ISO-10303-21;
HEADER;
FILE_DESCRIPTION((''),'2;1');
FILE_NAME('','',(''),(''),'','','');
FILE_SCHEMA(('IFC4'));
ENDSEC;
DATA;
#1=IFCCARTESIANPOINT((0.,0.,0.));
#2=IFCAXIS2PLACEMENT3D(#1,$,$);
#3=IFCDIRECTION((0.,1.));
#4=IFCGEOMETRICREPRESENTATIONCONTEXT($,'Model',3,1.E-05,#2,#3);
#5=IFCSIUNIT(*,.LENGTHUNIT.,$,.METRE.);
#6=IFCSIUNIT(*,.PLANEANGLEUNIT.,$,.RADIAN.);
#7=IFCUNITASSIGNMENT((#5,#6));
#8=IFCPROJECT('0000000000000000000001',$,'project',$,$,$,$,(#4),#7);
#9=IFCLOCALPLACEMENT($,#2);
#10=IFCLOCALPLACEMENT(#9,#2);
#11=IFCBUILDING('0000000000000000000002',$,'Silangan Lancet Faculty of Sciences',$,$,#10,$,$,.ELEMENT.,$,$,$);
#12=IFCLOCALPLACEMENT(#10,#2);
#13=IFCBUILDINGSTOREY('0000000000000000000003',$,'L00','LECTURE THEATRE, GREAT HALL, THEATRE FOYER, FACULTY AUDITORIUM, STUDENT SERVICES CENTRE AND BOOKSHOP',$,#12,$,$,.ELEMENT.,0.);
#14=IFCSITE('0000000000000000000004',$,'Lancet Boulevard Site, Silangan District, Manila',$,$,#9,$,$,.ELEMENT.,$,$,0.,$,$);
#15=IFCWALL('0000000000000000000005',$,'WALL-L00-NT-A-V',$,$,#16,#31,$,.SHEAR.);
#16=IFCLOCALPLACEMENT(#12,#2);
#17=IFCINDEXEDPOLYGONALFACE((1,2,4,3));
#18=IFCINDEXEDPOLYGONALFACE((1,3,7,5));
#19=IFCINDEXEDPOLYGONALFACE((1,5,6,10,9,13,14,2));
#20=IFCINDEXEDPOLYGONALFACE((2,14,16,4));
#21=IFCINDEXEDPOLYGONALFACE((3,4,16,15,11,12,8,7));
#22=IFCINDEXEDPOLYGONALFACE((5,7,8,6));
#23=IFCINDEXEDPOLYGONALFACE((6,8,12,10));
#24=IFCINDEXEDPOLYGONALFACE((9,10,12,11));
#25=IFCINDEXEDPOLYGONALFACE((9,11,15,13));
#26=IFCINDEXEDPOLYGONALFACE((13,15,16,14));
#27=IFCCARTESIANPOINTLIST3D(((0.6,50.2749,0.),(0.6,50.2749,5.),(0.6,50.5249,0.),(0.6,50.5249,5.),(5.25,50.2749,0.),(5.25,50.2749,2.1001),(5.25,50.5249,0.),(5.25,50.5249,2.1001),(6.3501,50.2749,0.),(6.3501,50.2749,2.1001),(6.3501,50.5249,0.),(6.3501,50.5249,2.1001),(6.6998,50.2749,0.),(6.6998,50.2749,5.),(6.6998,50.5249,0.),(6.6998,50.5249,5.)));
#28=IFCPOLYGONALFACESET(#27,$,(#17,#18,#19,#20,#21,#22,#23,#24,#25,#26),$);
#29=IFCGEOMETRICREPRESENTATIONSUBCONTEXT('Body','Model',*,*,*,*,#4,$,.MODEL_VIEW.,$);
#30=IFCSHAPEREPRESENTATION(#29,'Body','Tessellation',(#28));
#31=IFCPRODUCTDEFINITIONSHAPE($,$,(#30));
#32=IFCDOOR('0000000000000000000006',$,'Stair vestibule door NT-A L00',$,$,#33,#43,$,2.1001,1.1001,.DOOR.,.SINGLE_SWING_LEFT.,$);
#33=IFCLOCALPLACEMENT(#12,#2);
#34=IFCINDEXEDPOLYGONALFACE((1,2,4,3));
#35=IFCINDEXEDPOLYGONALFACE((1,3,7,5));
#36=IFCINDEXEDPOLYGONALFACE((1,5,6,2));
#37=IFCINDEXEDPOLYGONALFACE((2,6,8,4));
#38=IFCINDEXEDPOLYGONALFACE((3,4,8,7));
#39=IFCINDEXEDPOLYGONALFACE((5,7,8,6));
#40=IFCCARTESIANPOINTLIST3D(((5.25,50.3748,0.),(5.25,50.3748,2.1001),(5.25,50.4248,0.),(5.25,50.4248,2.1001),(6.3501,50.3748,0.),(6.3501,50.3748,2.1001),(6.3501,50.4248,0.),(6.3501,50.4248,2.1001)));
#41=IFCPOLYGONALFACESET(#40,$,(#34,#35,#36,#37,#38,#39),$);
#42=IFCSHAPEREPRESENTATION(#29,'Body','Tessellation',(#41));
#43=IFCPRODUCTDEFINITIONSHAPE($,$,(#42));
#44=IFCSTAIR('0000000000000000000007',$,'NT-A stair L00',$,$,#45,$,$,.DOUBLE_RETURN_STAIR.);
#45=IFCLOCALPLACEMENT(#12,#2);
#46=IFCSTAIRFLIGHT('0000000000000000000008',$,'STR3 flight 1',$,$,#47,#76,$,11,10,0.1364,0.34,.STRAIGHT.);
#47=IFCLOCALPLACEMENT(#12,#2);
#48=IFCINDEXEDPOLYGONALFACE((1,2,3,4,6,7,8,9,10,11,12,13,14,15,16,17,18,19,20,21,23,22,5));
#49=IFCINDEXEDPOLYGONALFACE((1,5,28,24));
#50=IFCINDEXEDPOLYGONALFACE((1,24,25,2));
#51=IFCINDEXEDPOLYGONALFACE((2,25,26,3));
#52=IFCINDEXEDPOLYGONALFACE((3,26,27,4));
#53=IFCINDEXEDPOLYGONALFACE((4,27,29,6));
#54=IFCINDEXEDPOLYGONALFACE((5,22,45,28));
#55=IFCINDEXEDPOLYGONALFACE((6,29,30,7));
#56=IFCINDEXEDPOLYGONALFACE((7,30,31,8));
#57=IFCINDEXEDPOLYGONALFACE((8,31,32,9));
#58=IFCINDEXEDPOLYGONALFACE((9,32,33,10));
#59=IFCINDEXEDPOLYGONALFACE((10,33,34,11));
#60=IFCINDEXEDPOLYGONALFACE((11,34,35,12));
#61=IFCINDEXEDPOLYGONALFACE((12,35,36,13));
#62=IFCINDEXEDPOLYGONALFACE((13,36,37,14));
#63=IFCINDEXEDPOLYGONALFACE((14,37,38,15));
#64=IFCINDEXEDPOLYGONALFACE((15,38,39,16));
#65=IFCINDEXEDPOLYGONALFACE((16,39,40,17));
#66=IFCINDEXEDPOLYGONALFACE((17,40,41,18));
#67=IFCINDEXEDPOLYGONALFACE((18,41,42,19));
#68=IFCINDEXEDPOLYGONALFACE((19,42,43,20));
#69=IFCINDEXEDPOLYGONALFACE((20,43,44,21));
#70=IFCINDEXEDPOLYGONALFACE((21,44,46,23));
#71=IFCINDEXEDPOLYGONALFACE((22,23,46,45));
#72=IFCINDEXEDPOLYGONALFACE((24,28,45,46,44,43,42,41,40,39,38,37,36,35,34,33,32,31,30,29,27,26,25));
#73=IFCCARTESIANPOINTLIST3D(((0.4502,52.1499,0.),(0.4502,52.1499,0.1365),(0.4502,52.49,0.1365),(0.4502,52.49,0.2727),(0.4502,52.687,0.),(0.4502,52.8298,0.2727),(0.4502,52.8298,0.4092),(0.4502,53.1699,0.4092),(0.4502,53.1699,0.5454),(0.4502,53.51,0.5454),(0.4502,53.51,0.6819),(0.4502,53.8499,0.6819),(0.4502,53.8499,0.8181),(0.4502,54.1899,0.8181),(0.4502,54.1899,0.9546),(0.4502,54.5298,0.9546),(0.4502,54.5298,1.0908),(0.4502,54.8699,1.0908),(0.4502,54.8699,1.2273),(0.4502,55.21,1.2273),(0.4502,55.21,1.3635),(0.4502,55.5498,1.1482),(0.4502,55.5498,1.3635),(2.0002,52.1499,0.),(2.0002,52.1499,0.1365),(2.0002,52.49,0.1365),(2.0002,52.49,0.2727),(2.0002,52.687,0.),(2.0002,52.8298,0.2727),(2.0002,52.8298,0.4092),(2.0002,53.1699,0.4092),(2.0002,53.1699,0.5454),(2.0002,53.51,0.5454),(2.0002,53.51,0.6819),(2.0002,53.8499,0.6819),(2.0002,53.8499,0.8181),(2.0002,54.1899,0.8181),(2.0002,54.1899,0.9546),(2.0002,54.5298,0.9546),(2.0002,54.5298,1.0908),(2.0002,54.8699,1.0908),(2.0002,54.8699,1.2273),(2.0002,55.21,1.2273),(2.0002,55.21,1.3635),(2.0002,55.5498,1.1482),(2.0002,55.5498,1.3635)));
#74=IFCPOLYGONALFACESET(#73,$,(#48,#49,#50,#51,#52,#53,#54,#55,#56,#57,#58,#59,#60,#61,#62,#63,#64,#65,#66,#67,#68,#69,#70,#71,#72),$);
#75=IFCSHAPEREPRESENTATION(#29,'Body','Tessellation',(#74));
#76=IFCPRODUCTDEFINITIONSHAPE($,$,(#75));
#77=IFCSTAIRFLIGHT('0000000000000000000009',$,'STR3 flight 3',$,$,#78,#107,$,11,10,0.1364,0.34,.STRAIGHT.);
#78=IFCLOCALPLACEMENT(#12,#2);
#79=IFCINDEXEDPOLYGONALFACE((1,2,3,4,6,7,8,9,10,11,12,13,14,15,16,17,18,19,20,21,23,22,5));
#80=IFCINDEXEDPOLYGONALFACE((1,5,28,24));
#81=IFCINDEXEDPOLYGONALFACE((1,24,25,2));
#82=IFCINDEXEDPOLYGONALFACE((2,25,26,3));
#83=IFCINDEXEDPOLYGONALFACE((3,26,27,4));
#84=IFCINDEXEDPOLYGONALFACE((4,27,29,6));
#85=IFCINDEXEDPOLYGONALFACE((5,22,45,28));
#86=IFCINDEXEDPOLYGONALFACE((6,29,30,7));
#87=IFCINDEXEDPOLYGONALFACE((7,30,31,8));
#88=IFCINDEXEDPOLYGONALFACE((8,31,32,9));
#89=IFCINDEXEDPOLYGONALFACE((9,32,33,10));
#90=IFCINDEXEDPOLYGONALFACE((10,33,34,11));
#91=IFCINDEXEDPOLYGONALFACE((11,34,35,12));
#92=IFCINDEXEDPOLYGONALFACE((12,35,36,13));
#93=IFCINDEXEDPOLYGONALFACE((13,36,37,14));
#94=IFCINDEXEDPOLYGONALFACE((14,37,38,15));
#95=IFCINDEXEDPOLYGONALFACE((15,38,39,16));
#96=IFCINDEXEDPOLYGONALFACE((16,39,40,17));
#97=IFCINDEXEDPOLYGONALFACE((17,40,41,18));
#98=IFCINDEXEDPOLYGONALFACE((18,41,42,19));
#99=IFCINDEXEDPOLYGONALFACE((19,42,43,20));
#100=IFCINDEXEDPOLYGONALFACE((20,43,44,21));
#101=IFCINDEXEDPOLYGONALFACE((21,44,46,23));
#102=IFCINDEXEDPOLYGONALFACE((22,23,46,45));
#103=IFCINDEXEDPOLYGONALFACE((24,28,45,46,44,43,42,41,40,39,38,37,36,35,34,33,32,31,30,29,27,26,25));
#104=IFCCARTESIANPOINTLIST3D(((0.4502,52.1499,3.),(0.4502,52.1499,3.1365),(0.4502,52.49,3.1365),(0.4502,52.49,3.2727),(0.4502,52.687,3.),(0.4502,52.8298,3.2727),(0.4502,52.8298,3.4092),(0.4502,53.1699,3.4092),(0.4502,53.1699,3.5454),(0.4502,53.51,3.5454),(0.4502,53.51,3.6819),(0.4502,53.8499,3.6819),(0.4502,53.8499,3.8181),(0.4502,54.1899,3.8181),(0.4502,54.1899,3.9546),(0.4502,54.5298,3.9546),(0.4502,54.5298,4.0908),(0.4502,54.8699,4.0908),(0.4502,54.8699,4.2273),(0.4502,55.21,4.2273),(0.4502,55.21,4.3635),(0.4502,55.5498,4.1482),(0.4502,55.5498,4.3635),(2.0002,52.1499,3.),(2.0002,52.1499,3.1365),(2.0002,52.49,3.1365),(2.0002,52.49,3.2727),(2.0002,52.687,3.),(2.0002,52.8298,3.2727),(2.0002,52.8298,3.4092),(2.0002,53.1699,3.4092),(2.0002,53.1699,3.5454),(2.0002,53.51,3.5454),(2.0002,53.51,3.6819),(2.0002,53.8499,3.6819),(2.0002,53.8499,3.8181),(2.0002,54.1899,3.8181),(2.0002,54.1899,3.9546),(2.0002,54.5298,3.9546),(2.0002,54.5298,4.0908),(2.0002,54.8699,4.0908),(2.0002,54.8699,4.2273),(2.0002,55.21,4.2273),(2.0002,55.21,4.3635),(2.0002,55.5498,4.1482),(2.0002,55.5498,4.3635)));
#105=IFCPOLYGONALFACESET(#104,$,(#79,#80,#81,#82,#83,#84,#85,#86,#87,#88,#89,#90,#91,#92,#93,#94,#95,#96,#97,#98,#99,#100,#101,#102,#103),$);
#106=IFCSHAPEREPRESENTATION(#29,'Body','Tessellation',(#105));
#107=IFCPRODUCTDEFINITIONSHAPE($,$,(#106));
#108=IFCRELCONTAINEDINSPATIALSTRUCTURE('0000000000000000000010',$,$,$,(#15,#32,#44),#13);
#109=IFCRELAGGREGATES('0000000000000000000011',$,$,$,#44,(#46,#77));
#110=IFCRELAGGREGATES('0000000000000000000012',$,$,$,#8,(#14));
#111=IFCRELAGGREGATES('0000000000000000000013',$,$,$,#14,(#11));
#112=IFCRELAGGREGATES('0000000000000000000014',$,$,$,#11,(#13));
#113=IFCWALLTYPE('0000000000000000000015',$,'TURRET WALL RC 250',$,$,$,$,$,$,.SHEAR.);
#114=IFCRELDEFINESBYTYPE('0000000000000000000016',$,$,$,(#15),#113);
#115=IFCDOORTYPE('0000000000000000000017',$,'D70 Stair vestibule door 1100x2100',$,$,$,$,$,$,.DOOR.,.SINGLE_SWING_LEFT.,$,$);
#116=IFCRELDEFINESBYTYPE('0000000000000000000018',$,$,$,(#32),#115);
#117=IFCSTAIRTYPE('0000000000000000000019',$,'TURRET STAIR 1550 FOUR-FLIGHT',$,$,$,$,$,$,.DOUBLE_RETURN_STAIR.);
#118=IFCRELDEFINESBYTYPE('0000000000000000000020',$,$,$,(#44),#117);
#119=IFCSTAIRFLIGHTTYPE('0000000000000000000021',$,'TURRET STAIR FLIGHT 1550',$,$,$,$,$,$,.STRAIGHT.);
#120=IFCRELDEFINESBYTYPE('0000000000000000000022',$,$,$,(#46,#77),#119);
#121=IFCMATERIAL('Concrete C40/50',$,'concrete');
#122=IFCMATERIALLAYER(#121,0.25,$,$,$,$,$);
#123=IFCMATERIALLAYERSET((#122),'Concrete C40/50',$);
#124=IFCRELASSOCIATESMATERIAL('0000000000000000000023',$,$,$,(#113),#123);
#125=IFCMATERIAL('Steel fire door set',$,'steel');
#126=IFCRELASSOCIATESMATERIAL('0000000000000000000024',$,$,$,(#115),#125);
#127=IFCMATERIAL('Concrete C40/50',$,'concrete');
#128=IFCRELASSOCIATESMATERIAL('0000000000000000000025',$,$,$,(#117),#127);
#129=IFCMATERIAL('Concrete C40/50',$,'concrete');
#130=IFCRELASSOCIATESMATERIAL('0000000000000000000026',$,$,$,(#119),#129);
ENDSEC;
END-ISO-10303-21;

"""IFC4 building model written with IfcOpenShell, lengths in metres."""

from ifc_helpers import new_model, si_unit, direction, frame, frame_2d, origin, place, context, subcontext, project, spatial, polyline, rectangle, outline, extrude, material, layer, layer_set, type_object, element, fill, aggregate, save


model = new_model("IFC4")

# Units and contexts
model_context = context("Model", 3, precision=1e-05, world=origin(), true_north=direction((0.0, 1.0)))
body_context = subcontext(model_context, "Body", "Model", "MODEL_VIEW")
ifc_project = project(units=[si_unit("LENGTHUNIT", "METRE"), si_unit("PLANEANGLEUNIT", "RADIAN")], contexts=[model_context])

# Site, building, storey
site_placement = place(None, origin())
site = spatial("IfcSite", under=ifc_project, at=site_placement, Name="Lancet Boulevard Site, Silangan District, Manila", CompositionType="ELEMENT", RefElevation=0.0)
building_placement = place(site_placement, origin())
building = spatial("IfcBuilding", under=site, at=building_placement, Name="Silangan Lancet Faculty of Sciences", CompositionType="ELEMENT")
storey_placement = place(building_placement, origin())
storey = spatial("IfcBuildingStorey", under=building, at=storey_placement, Name="L00", Description="LECTURE THEATRE, GREAT HALL, THEATRE FOYER, FACULTY AUDITORIUM, STUDENT SERVICES CENTRE AND BOOKSHOP", CompositionType="ELEMENT", Elevation=0.0)

# Wall, opening, door
ifc_material_1 = material(Name="Concrete C40/50", Category="concrete")
ifc_layer_1 = layer(ifc_material_1, 0.25)
ifc_layer_set_1 = layer_set([ifc_layer_1], Name="Concrete C40/50")
wall_type_1 = type_object("IfcWallType", Name="TURRET WALL RC 250", PredefinedType="SHEAR", material=ifc_layer_set_1)
wall_1_placement = place(storey_placement, frame((0.6001, 50.3999, 0.0), z_axis=(0.0, 0.0, 1.0), x_axis=(1.0, 0.0, 0.0)))
wall_1 = element("IfcWall", 1, at=wall_1_placement, inside=storey, type_object=wall_type_1, Name="WALL-L00-NT-A-V", PredefinedType="SHEAR", context=body_context, shape_type="SweptSolid", body=[
    extrude(rectangle(XDim=6.0999, YDim=0.25, at=frame_2d((3.0498, 0.0))), origin(), (0.0, 0.0, 1.0), 5.0),
])
opening_1_placement = place(wall_1_placement, frame((4.6499, 0.0, 0.0)))
opening_1 = element("IfcOpeningElement", 2, at=opening_1_placement, cuts=wall_1, PredefinedType="OPENING", context=body_context, shape_type="SweptSolid", body=[
    extrude(rectangle(XDim=1.1001, YDim=2.1001, at=frame_2d((0.55, 1.05))), frame((0.0, 0.135, 0.0), z_axis=(0.0, -1.0, 0.0), x_axis=(1.0, 0.0, 0.0)), (0.0, 0.0, 1.0), 0.27),
])
ifc_material_2 = material(Name="Steel fire door set", Category="steel")
door_type_1 = type_object("IfcDoorType", Name="D70 Stair vestibule door 1100x2100", OperationType="SINGLE_SWING_LEFT", PredefinedType="DOOR", material=ifc_material_2)
door_1_placement = place(opening_1_placement, frame((1.1001, 0.0, 0.0), z_axis=(0.0, 0.0, 1.0), x_axis=(-1.0, 0.0, 0.0)))
door_1 = element("IfcDoor", 3, at=door_1_placement, inside=storey, type_object=door_type_1, Name="Stair vestibule door NT-A L00", OperationType="SINGLE_SWING_LEFT", OverallHeight=2.1001, OverallWidth=1.1001, PredefinedType="DOOR", context=body_context, shape_type="SweptSolid", body=[
    extrude(rectangle(XDim=1.1001, YDim=2.1001, at=frame_2d((0.55, 1.05))), frame((0.0, 0.0251, 0.0), z_axis=(0.0, -1.0, 0.0), x_axis=(1.0, 0.0, 0.0)), (0.0, 0.0, 1.0), 0.05),
])
fill(opening_1, door_1)

# Stair, stair flights
ifc_material_3 = material(Name="Concrete C40/50", Category="concrete")
stair_type = type_object("IfcStairType", Name="TURRET STAIR 1550 FOUR-FLIGHT", PredefinedType="DOUBLE_RETURN_STAIR", material=ifc_material_3)
stair_placement = place(storey_placement, origin())
stair = element("IfcStair", 4, at=stair_placement, inside=storey, type_object=stair_type, Name="NT-A stair L00", PredefinedType="DOUBLE_RETURN_STAIR")
ifc_material_4 = material(Name="Concrete C40/50", Category="concrete")
stair_flight_type = type_object("IfcStairFlightType", Name="TURRET STAIR FLIGHT 1550", PredefinedType="STRAIGHT", material=ifc_material_4)
stair_flight_1_placement = place(storey_placement, frame((1.2251, 52.1499, 0.0), z_axis=(0.0, 0.0, 1.0), x_axis=(0.0, 1.0, 0.0)))
stair_flight_1 = element("IfcStairFlight", 5, at=stair_flight_1_placement, type_object=stair_flight_type, Name="STR3 flight 1", NumberOfRisers=11, NumberOfTreads=10, PredefinedType="STRAIGHT", RiserHeight=0.1364, TreadLength=0.34, context=body_context, shape_type="SweptSolid", body=[
    extrude(outline(polyline([(0.0, 0.0), (0.0, 0.1365), (0.3401, 0.1365), (0.3401, 0.2727), (0.6799, 0.2727), (0.6799, 0.4092), (1.02, 0.4092), (1.02, 0.5454), (1.3601, 0.5454), (1.3601, 0.6819), (1.7, 0.6819), (1.7, 0.8181), (2.04, 0.8181), (2.04, 0.9546), (2.3799, 0.9546), (2.3799, 1.0908), (2.72, 1.0908), (2.72, 1.2273), (3.0601, 1.2273), (3.0601, 1.3635), (3.3999, 1.3635), (3.3999, 1.5), (3.3999, 1.1482), (0.5371, 0.0), (0.0, 0.0)])), frame((0.0, 0.7749, 0.0), z_axis=(0.0, -1.0, 0.0), x_axis=(1.0, 0.0, 0.0)), (0.0, 0.0, 1.0), 1.55),
])
stair_flight_2_placement = place(storey_placement, frame((1.2251, 52.1499, 3.0), z_axis=(0.0, 0.0, 1.0), x_axis=(0.0, 1.0, 0.0)))
stair_flight_2 = element("IfcStairFlight", 6, at=stair_flight_2_placement, type_object=stair_flight_type, Name="STR3 flight 3", NumberOfRisers=11, NumberOfTreads=10, PredefinedType="STRAIGHT", RiserHeight=0.1364, TreadLength=0.34, context=body_context, shape_type="SweptSolid", body=[
    extrude(outline(polyline([(0.0, 0.0), (0.0, 0.1365), (0.3401, 0.1365), (0.3401, 0.2727), (0.6799, 0.2727), (0.6799, 0.4092), (1.02, 0.4092), (1.02, 0.5454), (1.3601, 0.5454), (1.3601, 0.6819), (1.7, 0.6819), (1.7, 0.8181), (2.04, 0.8181), (2.04, 0.9546), (2.3799, 0.9546), (2.3799, 1.0908), (2.72, 1.0908), (2.72, 1.2273), (3.0601, 1.2273), (3.0601, 1.3635), (3.3999, 1.3635), (3.3999, 1.5), (3.3999, 1.1482), (0.5371, 0.0), (0.0, 0.0)])), frame((0.0, 0.7749, 0.0), z_axis=(0.0, -1.0, 0.0), x_axis=(1.0, 0.0, 0.0)), (0.0, 0.0, 1.0), 1.55),
])
aggregate(stair, [stair_flight_1, stair_flight_2])

save(model, "model.ifc")
